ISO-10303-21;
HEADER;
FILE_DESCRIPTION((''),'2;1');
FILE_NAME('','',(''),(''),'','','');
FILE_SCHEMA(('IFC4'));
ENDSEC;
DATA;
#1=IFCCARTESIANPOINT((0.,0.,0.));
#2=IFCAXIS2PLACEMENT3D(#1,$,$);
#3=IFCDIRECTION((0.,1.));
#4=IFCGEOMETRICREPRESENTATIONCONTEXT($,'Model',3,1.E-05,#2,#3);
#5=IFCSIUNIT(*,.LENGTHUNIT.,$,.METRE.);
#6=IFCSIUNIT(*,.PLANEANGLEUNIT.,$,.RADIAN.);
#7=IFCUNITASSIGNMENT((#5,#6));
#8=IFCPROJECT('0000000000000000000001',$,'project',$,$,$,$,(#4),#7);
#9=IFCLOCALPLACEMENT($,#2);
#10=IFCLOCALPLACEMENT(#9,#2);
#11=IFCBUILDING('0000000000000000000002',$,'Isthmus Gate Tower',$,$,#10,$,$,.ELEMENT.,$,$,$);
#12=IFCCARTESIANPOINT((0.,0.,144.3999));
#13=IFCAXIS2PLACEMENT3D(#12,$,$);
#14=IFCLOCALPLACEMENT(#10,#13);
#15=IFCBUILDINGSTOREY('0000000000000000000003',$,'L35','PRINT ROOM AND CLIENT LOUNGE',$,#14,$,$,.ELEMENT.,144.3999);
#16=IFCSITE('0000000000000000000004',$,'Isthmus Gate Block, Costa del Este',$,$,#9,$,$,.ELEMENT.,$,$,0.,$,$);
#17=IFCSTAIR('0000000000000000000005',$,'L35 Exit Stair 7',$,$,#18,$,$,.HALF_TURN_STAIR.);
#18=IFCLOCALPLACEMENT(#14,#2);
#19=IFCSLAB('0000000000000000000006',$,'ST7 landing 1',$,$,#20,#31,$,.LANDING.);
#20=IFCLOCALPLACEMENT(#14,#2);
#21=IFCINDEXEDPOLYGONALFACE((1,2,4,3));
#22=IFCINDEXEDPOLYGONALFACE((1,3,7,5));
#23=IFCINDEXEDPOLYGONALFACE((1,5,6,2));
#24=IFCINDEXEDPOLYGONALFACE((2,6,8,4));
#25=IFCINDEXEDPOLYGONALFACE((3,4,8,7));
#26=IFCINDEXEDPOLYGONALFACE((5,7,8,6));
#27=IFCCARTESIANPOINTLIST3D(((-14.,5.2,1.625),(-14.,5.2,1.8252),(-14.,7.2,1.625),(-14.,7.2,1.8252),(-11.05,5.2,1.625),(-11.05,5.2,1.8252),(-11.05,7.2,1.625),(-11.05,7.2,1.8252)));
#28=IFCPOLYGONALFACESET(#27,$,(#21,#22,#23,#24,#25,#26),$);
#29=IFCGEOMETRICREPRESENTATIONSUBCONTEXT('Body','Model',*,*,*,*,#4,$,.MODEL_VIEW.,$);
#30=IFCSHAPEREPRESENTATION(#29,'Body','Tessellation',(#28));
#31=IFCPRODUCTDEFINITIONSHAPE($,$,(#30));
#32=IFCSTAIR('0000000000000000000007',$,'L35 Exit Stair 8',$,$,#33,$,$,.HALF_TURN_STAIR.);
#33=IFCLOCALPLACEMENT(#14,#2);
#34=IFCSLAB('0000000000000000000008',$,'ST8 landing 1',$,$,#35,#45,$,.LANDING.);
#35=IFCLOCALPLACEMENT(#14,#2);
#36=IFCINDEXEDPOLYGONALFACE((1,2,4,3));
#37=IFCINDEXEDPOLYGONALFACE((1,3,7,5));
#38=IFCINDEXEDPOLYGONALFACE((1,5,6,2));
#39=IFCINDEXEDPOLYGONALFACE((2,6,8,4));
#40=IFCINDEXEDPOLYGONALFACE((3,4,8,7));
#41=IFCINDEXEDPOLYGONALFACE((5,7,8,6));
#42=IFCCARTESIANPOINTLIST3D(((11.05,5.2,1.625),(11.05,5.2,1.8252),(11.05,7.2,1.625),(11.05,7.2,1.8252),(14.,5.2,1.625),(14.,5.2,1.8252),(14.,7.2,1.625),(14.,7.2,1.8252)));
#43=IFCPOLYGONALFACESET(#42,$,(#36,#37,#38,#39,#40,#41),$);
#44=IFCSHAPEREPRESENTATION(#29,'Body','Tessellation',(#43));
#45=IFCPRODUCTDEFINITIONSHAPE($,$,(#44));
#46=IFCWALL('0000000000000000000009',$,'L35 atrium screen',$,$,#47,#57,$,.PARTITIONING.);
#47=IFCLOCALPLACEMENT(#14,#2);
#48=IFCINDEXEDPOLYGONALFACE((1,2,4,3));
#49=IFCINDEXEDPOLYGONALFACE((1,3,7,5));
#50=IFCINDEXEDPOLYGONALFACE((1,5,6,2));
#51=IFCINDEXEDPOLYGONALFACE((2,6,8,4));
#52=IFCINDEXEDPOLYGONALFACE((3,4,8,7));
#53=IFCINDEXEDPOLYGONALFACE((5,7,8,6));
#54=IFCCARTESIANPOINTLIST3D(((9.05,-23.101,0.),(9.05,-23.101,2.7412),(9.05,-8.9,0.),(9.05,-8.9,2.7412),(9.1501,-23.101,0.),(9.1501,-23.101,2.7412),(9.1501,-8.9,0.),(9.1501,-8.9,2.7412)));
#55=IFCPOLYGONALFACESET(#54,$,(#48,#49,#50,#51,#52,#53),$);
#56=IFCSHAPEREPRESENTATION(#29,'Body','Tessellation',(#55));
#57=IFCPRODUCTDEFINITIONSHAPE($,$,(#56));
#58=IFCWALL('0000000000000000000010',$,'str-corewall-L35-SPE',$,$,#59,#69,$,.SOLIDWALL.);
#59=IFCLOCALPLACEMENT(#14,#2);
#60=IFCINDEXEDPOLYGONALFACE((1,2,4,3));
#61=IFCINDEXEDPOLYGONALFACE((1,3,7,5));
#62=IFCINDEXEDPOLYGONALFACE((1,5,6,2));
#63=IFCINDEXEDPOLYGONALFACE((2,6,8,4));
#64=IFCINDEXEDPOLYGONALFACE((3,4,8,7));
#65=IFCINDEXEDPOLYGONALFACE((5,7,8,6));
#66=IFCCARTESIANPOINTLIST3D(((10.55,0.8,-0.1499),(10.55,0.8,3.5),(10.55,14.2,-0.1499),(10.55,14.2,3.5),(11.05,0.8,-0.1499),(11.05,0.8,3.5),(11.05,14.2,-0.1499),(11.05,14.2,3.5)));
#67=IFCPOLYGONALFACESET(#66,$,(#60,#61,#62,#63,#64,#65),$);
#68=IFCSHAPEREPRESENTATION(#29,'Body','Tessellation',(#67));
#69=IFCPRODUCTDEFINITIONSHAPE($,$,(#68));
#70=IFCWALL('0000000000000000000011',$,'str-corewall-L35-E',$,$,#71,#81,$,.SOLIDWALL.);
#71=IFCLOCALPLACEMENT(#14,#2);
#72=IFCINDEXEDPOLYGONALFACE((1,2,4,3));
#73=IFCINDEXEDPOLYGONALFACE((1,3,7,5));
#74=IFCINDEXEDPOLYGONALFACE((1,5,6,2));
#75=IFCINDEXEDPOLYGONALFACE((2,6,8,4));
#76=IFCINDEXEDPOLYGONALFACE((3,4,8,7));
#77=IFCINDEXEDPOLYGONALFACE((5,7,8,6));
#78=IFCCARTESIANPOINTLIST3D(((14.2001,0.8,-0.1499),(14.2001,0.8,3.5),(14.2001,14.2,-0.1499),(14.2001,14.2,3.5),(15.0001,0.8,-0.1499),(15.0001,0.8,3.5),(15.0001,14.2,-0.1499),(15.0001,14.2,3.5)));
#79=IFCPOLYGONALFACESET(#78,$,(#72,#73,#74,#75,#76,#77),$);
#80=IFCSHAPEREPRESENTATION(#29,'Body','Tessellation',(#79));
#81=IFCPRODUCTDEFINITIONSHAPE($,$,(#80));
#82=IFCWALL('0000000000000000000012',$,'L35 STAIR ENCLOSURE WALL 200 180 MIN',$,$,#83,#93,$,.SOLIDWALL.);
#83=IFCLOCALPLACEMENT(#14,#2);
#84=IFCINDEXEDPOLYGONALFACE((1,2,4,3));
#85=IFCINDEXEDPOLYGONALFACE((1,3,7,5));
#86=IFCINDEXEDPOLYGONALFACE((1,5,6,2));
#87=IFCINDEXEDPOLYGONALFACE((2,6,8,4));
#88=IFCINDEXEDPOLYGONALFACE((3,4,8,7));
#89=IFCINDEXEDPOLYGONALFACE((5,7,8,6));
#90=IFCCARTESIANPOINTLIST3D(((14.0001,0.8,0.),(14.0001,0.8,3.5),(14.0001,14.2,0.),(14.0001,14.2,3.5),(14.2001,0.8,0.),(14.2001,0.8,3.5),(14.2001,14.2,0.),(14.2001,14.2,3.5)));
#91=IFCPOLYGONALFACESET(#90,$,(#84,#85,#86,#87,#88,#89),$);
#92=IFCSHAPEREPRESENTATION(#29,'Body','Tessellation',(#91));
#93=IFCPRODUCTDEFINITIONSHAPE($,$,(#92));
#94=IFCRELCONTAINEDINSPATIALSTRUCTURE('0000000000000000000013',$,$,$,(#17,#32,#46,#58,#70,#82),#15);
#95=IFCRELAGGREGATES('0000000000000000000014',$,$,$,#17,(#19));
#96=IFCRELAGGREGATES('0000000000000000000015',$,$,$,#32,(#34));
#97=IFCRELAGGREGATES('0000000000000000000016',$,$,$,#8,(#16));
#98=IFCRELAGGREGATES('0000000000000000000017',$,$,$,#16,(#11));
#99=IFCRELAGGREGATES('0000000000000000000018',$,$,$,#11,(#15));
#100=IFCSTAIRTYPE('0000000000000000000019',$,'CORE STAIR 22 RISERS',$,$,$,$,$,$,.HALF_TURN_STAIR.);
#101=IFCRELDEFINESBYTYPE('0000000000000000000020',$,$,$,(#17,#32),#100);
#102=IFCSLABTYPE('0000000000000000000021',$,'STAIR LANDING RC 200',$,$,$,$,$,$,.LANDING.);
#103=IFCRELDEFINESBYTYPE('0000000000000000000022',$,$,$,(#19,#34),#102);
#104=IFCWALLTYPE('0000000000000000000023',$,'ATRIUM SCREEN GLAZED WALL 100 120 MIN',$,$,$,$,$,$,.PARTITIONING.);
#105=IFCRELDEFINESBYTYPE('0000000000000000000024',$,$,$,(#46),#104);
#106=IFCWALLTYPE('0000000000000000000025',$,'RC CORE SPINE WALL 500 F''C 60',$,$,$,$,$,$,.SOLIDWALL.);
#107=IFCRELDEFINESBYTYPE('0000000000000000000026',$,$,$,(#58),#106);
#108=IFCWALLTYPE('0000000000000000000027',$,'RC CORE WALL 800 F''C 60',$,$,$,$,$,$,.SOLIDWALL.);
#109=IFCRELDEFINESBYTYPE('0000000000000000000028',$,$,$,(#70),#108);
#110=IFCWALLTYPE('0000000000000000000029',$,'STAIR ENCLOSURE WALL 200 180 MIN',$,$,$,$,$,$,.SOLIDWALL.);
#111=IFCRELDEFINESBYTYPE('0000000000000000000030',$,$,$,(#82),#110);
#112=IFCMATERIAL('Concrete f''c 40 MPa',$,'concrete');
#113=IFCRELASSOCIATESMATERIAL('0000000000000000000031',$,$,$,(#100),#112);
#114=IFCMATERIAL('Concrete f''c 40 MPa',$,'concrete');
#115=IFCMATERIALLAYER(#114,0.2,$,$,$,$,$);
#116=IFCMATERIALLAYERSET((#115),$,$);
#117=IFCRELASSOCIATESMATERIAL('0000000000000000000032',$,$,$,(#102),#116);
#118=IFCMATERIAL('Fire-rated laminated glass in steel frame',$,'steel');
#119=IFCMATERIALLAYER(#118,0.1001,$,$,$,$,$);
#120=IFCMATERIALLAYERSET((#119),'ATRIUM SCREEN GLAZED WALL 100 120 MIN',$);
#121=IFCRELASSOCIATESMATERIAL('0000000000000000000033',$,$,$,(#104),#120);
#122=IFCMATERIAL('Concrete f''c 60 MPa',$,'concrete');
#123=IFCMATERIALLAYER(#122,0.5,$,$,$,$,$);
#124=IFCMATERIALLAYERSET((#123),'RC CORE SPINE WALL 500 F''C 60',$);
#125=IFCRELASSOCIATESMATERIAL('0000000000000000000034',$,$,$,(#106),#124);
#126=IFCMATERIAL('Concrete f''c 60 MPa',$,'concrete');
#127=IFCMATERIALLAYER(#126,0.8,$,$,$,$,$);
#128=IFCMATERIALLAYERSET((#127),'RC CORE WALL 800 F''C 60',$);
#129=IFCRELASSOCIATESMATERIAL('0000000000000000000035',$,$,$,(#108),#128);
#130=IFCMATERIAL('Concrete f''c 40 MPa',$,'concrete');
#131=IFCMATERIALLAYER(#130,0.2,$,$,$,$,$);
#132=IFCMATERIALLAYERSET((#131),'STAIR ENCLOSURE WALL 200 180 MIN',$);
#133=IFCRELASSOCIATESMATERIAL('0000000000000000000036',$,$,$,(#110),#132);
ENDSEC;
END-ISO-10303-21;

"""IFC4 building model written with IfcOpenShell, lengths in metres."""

from ifc_helpers import new_model, si_unit, direction, frame, frame_2d, origin, place, context, subcontext, project, spatial, polyline, rectangle, outline, extrude, material, layer, layer_set, type_object, element, aggregate, save


model = new_model("IFC4")

# Units and contexts
model_context = context("Model", 3, precision=1e-05, world=origin(), true_north=direction((0.0, 1.0)))
body_context = subcontext(model_context, "Body", "Model", "MODEL_VIEW")
ifc_project = project(units=[si_unit("LENGTHUNIT", "METRE"), si_unit("PLANEANGLEUNIT", "RADIAN")], contexts=[model_context])

# Site, building, storey
site_placement = place(None, origin())
site = spatial("IfcSite", under=ifc_project, at=site_placement, Name="Isthmus Gate Block, Costa del Este", CompositionType="ELEMENT", RefElevation=0.0)
building_placement = place(site_placement, origin())
building = spatial("IfcBuilding", under=site, at=building_placement, Name="Isthmus Gate Tower", CompositionType="ELEMENT")
storey_placement = place(building_placement, frame((0.0, 0.0, 144.3999)))
storey = spatial("IfcBuildingStorey", under=building, at=storey_placement, Name="L35", Description="PRINT ROOM AND CLIENT LOUNGE", CompositionType="ELEMENT", Elevation=144.3999)

# Stairs, slabs
ifc_material_1 = material(Name="Concrete f'c 40 MPa", Category="concrete")
stair_type = type_object("IfcStairType", Name="CORE STAIR 22 RISERS", PredefinedType="HALF_TURN_STAIR", material=ifc_material_1)
ifc_material_2 = material(Name="Concrete f'c 40 MPa", Category="concrete")
ifc_layer_1 = layer(ifc_material_2, 0.2)
ifc_layer_set_1 = layer_set([ifc_layer_1])
slab_type_1 = type_object("IfcSlabType", Name="STAIR LANDING RC 200", PredefinedType="LANDING", material=ifc_layer_set_1)
stair_1_placement = place(storey_placement, origin())
stair_1 = element("IfcStair", 1, at=stair_1_placement, inside=storey, type_object=stair_type, Name="L35 Exit Stair 7", PredefinedType="HALF_TURN_STAIR")
slab_1_placement = place(storey_placement, frame((0.0, 0.0, 1.625)))
slab_1 = element("IfcSlab", 2, at=slab_1_placement, type_object=slab_type_1, Name="ST7 landing 1", PredefinedType="LANDING", context=body_context, shape_type="SweptSolid", body=[
    extrude(outline(polyline([(-11.05, 5.2), (-11.05, 7.2), (-14.0, 7.2), (-14.0, 5.2), (-11.05, 5.2)])), origin(), (0.0, 0.0, 1.0), 0.2002),
])
aggregate(stair_1, [slab_1])
stair_2_placement = place(storey_placement, origin())
stair_2 = element("IfcStair", 3, at=stair_2_placement, inside=storey, type_object=stair_type, Name="L35 Exit Stair 8", PredefinedType="HALF_TURN_STAIR")
slab_2_placement = place(storey_placement, frame((0.0, 0.0, 1.625)))
slab_2 = element("IfcSlab", 4, at=slab_2_placement, type_object=slab_type_1, Name="ST8 landing 1", PredefinedType="LANDING", context=body_context, shape_type="SweptSolid", body=[
    extrude(outline(polyline([(14.0, 5.2), (14.0, 7.2), (11.05, 7.2), (11.05, 5.2), (14.0, 5.2)])), origin(), (0.0, 0.0, 1.0), 0.2002),
])
aggregate(stair_2, [slab_2])

# Walls
ifc_material_3 = material(Name="Fire-rated laminated glass in steel frame", Category="steel")
ifc_layer_2 = layer(ifc_material_3, 0.1001)
ifc_layer_set_2 = layer_set([ifc_layer_2], Name="ATRIUM SCREEN GLAZED WALL 100 120 MIN")
wall_type_1 = type_object("IfcWallType", Name="ATRIUM SCREEN GLAZED WALL 100 120 MIN", PredefinedType="PARTITIONING", material=ifc_layer_set_2)
wall_1_placement = place(storey_placement, frame((9.1001, -8.8999, 0.0), z_axis=(0.0, 0.0, 1.0), x_axis=(0.0, -1.0, 0.0)))
element("IfcWall", 5, at=wall_1_placement, inside=storey, type_object=wall_type_1, Name="L35 atrium screen", PredefinedType="PARTITIONING", context=body_context, shape_type="SweptSolid", body=[
    extrude(rectangle(XDim=14.2009, YDim=0.1001, at=frame_2d((7.1006, 0.0))), origin(), (0.0, 0.0, 1.0), 2.7412),
])
ifc_material_4 = material(Name="Concrete f'c 60 MPa", Category="concrete")
ifc_layer_3 = layer(ifc_material_4, 0.5)
ifc_layer_set_3 = layer_set([ifc_layer_3], Name="RC CORE SPINE WALL 500 F'C 60")
wall_type_2 = type_object("IfcWallType", Name="RC CORE SPINE WALL 500 F'C 60", PredefinedType="SOLIDWALL", material=ifc_layer_set_3)
wall_2_placement = place(storey_placement, frame((10.8, 0.8, -0.1499), z_axis=(0.0, 0.0, 1.0), x_axis=(0.0, 1.0, 0.0)))
element("IfcWall", 6, at=wall_2_placement, inside=storey, type_object=wall_type_2, Name="str-corewall-L35-SPE", PredefinedType="SOLIDWALL", context=body_context, shape_type="SweptSolid", body=[
    extrude(rectangle(XDim=13.3999, YDim=0.5, at=frame_2d((6.7, 0.0))), origin(), (0.0, 0.0, 1.0), 3.6499),
])
ifc_material_5 = material(Name="Concrete f'c 60 MPa", Category="concrete")
ifc_layer_4 = layer(ifc_material_5, 0.8)
ifc_layer_set_4 = layer_set([ifc_layer_4], Name="RC CORE WALL 800 F'C 60")
wall_type_3 = type_object("IfcWallType", Name="RC CORE WALL 800 F'C 60", PredefinedType="SOLIDWALL", material=ifc_layer_set_4)
wall_3_placement = place(storey_placement, frame((14.6001, 0.8, -0.1499), z_axis=(0.0, 0.0, 1.0), x_axis=(0.0, 1.0, 0.0)))
element("IfcWall", 7, at=wall_3_placement, inside=storey, type_object=wall_type_3, Name="str-corewall-L35-E", PredefinedType="SOLIDWALL", context=body_context, shape_type="SweptSolid", body=[
    extrude(rectangle(XDim=13.3999, YDim=0.8, at=frame_2d((6.7, 0.0))), origin(), (0.0, 0.0, 1.0), 3.6499),
])
ifc_material_6 = material(Name="Concrete f'c 40 MPa", Category="concrete")
ifc_layer_5 = layer(ifc_material_6, 0.2)
ifc_layer_set_5 = layer_set([ifc_layer_5], Name="STAIR ENCLOSURE WALL 200 180 MIN")
wall_type_4 = type_object("IfcWallType", Name="STAIR ENCLOSURE WALL 200 180 MIN", PredefinedType="SOLIDWALL", material=ifc_layer_set_5)
wall_4_placement = place(storey_placement, frame((14.1001, 0.8, 0.0), z_axis=(0.0, 0.0, 1.0), x_axis=(0.0, 1.0, 0.0)))
element("IfcWall", 8, at=wall_4_placement, inside=storey, type_object=wall_type_4, Name="L35 STAIR ENCLOSURE WALL 200 180 MIN", PredefinedType="SOLIDWALL", context=body_context, shape_type="SweptSolid", body=[
    extrude(rectangle(XDim=13.3999, YDim=0.2, at=frame_2d((6.7, 0.0))), origin(), (0.0, 0.0, 1.0), 3.5),
])

save(model, "model.ifc")
